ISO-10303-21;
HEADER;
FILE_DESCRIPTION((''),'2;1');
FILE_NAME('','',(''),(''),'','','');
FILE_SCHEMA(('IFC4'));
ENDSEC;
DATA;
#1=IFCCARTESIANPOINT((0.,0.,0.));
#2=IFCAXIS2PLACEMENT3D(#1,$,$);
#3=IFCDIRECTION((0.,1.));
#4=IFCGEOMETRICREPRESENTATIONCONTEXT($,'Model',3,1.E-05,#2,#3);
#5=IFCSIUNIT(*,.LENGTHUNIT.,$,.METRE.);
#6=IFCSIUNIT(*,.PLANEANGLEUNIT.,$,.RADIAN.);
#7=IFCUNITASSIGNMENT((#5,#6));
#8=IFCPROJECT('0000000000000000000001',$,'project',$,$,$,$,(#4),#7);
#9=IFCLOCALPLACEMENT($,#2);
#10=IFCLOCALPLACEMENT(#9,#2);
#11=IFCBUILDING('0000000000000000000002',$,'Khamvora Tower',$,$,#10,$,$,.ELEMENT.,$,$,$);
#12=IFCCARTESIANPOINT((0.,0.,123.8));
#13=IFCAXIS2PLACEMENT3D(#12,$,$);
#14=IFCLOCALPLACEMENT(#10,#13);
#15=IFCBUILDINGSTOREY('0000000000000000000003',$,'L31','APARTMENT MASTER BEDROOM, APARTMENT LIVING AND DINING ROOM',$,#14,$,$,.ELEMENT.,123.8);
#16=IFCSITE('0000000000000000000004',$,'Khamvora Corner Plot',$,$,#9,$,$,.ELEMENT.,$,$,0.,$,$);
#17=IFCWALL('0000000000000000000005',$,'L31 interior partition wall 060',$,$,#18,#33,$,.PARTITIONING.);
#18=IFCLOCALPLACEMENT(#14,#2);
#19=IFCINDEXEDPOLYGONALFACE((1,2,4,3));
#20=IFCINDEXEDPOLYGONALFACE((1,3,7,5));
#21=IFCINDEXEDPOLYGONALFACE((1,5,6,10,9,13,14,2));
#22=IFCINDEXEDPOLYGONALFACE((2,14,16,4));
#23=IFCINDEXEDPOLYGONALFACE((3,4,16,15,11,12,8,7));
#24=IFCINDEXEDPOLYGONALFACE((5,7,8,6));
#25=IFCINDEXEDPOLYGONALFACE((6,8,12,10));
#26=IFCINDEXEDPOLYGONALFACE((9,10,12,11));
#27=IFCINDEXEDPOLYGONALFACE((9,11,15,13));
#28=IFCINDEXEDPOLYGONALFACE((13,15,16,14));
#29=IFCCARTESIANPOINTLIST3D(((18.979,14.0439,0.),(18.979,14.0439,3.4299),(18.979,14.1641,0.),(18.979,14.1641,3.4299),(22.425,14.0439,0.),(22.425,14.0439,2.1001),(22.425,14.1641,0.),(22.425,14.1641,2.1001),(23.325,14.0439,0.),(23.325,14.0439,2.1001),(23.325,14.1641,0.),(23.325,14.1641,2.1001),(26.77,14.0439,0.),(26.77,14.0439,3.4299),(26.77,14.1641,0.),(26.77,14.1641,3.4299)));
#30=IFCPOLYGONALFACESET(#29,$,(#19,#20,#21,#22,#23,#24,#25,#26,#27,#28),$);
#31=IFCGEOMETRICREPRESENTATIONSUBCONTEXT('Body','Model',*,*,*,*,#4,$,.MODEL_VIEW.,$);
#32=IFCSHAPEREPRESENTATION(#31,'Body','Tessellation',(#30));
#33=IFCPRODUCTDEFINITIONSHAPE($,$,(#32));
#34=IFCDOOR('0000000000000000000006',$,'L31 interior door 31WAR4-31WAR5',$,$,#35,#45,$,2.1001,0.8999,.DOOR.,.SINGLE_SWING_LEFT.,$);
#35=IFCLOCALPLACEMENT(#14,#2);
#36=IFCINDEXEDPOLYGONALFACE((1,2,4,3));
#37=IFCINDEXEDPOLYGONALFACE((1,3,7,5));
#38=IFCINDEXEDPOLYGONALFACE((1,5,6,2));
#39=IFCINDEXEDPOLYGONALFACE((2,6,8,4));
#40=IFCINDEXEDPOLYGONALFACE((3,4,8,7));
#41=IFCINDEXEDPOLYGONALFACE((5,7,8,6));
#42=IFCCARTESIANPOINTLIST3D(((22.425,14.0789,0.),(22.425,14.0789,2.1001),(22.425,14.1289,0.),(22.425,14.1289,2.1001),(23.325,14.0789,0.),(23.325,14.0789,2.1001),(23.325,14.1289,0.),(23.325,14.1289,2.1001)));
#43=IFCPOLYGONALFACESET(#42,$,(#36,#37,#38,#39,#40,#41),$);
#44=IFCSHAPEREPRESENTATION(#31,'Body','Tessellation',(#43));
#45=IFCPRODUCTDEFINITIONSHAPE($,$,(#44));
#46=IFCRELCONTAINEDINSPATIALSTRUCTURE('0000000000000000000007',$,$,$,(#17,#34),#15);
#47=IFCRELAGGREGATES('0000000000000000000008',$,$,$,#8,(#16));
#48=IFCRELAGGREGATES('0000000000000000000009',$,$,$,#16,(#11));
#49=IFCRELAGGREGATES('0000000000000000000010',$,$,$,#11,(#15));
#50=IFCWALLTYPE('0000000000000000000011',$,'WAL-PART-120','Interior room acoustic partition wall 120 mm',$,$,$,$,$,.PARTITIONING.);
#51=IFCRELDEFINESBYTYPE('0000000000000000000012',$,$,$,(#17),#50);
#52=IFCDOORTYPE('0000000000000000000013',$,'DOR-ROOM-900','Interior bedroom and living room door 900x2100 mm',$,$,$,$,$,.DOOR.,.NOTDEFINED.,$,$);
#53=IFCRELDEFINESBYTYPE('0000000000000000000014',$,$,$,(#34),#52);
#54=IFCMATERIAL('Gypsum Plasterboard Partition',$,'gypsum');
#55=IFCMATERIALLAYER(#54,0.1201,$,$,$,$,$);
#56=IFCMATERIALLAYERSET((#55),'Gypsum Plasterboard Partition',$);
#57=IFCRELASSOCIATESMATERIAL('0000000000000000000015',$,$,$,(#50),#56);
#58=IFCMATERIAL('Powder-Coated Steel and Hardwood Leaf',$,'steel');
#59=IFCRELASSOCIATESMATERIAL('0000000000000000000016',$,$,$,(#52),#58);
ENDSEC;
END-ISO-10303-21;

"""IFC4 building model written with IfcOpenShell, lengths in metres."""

from ifc_helpers import new_model, si_unit, direction, frame, frame_2d, origin, place, context, subcontext, project, spatial, rectangle, extrude, material, layer, layer_set, type_object, element, fill, save


model = new_model("IFC4")

# Units and contexts
model_context = context("Model", 3, precision=1e-05, world=origin(), true_north=direction((0.0, 1.0)))
body_context = subcontext(model_context, "Body", "Model", "MODEL_VIEW")
ifc_project = project(units=[si_unit("LENGTHUNIT", "METRE"), si_unit("PLANEANGLEUNIT", "RADIAN")], contexts=[model_context])

# Site, building, storey
site_placement = place(None, origin())
site = spatial("IfcSite", under=ifc_project, at=site_placement, Name="Khamvora Corner Plot", CompositionType="ELEMENT", RefElevation=0.0)
building_placement = place(site_placement, origin())
building = spatial("IfcBuilding", under=site, at=building_placement, Name="Khamvora Tower", CompositionType="ELEMENT")
storey_placement = place(building_placement, frame((0.0, 0.0, 123.8)))
storey = spatial("IfcBuildingStorey", under=building, at=storey_placement, Name="L31", Description="APARTMENT MASTER BEDROOM, APARTMENT LIVING AND DINING ROOM", CompositionType="ELEMENT", Elevation=123.8)

# Shared definitions
ifc_material_1 = material(Name="Gypsum Plasterboard Partition", Category="gypsum")
ifc_layer_1 = layer(ifc_material_1, 0.1201)
ifc_layer_set_1 = layer_set([ifc_layer_1], Name="Gypsum Plasterboard Partition")
wall_type_1 = type_object("IfcWallType", Name="WAL-PART-120", Description="Interior room acoustic partition wall 120 mm", PredefinedType="PARTITIONING", material=ifc_layer_set_1)
ifc_material_2 = material(Name="Powder-Coated Steel and Hardwood Leaf", Category="steel")
door_type = type_object("IfcDoorType", Name="DOR-ROOM-900", Description="Interior bedroom and living room door 900x2100 mm", OperationType="NOTDEFINED", PredefinedType="DOOR", material=ifc_material_2)

# Wall, opening, door
wall_1_placement = place(storey_placement, frame((18.979, 14.104, 0.0), z_axis=(0.0, 0.0, 1.0), x_axis=(1.0, 0.0, 0.0)))
wall_1 = element("IfcWall", 1, at=wall_1_placement, inside=storey, type_object=wall_type_1, Name="L31 interior partition wall 060", PredefinedType="PARTITIONING", context=body_context, shape_type="SweptSolid", body=[
    extrude(rectangle(XDim=7.791, YDim=0.1201, at=frame_2d((3.8955, 0.0))), origin(), (0.0, 0.0, 1.0), 3.4299),
])
opening_1_placement = place(wall_1_placement, frame((3.446, 0.0, 0.0)))
opening_1 = element("IfcOpeningElement", 2, at=opening_1_placement, cuts=wall_1, PredefinedType="OPENING", context=body_context, shape_type="SweptSolid", body=[
    extrude(rectangle(XDim=0.8999, YDim=2.1001, at=frame_2d((0.45, 1.05))), frame((0.0, 0.0701, 0.0), z_axis=(0.0, -1.0, 0.0), x_axis=(1.0, 0.0, 0.0)), (0.0, 0.0, 1.0), 0.1401),
])
door_1_placement = place(opening_1_placement, origin())
door_1 = element("IfcDoor", 3, at=door_1_placement, inside=storey, type_object=door_type, Name="L31 interior door 31WAR4-31WAR5", OperationType="SINGLE_SWING_LEFT", OverallHeight=2.1001, OverallWidth=0.8999, PredefinedType="DOOR", context=body_context, shape_type="SweptSolid", body=[
    extrude(rectangle(XDim=0.8999, YDim=2.1001, at=frame_2d((0.45, 1.05))), frame((0.0, 0.0249, 0.0), z_axis=(0.0, -1.0, 0.0), x_axis=(1.0, 0.0, 0.0)), (0.0, 0.0, 1.0), 0.05),
])
fill(opening_1, door_1)

save(model, "model.ifc")
